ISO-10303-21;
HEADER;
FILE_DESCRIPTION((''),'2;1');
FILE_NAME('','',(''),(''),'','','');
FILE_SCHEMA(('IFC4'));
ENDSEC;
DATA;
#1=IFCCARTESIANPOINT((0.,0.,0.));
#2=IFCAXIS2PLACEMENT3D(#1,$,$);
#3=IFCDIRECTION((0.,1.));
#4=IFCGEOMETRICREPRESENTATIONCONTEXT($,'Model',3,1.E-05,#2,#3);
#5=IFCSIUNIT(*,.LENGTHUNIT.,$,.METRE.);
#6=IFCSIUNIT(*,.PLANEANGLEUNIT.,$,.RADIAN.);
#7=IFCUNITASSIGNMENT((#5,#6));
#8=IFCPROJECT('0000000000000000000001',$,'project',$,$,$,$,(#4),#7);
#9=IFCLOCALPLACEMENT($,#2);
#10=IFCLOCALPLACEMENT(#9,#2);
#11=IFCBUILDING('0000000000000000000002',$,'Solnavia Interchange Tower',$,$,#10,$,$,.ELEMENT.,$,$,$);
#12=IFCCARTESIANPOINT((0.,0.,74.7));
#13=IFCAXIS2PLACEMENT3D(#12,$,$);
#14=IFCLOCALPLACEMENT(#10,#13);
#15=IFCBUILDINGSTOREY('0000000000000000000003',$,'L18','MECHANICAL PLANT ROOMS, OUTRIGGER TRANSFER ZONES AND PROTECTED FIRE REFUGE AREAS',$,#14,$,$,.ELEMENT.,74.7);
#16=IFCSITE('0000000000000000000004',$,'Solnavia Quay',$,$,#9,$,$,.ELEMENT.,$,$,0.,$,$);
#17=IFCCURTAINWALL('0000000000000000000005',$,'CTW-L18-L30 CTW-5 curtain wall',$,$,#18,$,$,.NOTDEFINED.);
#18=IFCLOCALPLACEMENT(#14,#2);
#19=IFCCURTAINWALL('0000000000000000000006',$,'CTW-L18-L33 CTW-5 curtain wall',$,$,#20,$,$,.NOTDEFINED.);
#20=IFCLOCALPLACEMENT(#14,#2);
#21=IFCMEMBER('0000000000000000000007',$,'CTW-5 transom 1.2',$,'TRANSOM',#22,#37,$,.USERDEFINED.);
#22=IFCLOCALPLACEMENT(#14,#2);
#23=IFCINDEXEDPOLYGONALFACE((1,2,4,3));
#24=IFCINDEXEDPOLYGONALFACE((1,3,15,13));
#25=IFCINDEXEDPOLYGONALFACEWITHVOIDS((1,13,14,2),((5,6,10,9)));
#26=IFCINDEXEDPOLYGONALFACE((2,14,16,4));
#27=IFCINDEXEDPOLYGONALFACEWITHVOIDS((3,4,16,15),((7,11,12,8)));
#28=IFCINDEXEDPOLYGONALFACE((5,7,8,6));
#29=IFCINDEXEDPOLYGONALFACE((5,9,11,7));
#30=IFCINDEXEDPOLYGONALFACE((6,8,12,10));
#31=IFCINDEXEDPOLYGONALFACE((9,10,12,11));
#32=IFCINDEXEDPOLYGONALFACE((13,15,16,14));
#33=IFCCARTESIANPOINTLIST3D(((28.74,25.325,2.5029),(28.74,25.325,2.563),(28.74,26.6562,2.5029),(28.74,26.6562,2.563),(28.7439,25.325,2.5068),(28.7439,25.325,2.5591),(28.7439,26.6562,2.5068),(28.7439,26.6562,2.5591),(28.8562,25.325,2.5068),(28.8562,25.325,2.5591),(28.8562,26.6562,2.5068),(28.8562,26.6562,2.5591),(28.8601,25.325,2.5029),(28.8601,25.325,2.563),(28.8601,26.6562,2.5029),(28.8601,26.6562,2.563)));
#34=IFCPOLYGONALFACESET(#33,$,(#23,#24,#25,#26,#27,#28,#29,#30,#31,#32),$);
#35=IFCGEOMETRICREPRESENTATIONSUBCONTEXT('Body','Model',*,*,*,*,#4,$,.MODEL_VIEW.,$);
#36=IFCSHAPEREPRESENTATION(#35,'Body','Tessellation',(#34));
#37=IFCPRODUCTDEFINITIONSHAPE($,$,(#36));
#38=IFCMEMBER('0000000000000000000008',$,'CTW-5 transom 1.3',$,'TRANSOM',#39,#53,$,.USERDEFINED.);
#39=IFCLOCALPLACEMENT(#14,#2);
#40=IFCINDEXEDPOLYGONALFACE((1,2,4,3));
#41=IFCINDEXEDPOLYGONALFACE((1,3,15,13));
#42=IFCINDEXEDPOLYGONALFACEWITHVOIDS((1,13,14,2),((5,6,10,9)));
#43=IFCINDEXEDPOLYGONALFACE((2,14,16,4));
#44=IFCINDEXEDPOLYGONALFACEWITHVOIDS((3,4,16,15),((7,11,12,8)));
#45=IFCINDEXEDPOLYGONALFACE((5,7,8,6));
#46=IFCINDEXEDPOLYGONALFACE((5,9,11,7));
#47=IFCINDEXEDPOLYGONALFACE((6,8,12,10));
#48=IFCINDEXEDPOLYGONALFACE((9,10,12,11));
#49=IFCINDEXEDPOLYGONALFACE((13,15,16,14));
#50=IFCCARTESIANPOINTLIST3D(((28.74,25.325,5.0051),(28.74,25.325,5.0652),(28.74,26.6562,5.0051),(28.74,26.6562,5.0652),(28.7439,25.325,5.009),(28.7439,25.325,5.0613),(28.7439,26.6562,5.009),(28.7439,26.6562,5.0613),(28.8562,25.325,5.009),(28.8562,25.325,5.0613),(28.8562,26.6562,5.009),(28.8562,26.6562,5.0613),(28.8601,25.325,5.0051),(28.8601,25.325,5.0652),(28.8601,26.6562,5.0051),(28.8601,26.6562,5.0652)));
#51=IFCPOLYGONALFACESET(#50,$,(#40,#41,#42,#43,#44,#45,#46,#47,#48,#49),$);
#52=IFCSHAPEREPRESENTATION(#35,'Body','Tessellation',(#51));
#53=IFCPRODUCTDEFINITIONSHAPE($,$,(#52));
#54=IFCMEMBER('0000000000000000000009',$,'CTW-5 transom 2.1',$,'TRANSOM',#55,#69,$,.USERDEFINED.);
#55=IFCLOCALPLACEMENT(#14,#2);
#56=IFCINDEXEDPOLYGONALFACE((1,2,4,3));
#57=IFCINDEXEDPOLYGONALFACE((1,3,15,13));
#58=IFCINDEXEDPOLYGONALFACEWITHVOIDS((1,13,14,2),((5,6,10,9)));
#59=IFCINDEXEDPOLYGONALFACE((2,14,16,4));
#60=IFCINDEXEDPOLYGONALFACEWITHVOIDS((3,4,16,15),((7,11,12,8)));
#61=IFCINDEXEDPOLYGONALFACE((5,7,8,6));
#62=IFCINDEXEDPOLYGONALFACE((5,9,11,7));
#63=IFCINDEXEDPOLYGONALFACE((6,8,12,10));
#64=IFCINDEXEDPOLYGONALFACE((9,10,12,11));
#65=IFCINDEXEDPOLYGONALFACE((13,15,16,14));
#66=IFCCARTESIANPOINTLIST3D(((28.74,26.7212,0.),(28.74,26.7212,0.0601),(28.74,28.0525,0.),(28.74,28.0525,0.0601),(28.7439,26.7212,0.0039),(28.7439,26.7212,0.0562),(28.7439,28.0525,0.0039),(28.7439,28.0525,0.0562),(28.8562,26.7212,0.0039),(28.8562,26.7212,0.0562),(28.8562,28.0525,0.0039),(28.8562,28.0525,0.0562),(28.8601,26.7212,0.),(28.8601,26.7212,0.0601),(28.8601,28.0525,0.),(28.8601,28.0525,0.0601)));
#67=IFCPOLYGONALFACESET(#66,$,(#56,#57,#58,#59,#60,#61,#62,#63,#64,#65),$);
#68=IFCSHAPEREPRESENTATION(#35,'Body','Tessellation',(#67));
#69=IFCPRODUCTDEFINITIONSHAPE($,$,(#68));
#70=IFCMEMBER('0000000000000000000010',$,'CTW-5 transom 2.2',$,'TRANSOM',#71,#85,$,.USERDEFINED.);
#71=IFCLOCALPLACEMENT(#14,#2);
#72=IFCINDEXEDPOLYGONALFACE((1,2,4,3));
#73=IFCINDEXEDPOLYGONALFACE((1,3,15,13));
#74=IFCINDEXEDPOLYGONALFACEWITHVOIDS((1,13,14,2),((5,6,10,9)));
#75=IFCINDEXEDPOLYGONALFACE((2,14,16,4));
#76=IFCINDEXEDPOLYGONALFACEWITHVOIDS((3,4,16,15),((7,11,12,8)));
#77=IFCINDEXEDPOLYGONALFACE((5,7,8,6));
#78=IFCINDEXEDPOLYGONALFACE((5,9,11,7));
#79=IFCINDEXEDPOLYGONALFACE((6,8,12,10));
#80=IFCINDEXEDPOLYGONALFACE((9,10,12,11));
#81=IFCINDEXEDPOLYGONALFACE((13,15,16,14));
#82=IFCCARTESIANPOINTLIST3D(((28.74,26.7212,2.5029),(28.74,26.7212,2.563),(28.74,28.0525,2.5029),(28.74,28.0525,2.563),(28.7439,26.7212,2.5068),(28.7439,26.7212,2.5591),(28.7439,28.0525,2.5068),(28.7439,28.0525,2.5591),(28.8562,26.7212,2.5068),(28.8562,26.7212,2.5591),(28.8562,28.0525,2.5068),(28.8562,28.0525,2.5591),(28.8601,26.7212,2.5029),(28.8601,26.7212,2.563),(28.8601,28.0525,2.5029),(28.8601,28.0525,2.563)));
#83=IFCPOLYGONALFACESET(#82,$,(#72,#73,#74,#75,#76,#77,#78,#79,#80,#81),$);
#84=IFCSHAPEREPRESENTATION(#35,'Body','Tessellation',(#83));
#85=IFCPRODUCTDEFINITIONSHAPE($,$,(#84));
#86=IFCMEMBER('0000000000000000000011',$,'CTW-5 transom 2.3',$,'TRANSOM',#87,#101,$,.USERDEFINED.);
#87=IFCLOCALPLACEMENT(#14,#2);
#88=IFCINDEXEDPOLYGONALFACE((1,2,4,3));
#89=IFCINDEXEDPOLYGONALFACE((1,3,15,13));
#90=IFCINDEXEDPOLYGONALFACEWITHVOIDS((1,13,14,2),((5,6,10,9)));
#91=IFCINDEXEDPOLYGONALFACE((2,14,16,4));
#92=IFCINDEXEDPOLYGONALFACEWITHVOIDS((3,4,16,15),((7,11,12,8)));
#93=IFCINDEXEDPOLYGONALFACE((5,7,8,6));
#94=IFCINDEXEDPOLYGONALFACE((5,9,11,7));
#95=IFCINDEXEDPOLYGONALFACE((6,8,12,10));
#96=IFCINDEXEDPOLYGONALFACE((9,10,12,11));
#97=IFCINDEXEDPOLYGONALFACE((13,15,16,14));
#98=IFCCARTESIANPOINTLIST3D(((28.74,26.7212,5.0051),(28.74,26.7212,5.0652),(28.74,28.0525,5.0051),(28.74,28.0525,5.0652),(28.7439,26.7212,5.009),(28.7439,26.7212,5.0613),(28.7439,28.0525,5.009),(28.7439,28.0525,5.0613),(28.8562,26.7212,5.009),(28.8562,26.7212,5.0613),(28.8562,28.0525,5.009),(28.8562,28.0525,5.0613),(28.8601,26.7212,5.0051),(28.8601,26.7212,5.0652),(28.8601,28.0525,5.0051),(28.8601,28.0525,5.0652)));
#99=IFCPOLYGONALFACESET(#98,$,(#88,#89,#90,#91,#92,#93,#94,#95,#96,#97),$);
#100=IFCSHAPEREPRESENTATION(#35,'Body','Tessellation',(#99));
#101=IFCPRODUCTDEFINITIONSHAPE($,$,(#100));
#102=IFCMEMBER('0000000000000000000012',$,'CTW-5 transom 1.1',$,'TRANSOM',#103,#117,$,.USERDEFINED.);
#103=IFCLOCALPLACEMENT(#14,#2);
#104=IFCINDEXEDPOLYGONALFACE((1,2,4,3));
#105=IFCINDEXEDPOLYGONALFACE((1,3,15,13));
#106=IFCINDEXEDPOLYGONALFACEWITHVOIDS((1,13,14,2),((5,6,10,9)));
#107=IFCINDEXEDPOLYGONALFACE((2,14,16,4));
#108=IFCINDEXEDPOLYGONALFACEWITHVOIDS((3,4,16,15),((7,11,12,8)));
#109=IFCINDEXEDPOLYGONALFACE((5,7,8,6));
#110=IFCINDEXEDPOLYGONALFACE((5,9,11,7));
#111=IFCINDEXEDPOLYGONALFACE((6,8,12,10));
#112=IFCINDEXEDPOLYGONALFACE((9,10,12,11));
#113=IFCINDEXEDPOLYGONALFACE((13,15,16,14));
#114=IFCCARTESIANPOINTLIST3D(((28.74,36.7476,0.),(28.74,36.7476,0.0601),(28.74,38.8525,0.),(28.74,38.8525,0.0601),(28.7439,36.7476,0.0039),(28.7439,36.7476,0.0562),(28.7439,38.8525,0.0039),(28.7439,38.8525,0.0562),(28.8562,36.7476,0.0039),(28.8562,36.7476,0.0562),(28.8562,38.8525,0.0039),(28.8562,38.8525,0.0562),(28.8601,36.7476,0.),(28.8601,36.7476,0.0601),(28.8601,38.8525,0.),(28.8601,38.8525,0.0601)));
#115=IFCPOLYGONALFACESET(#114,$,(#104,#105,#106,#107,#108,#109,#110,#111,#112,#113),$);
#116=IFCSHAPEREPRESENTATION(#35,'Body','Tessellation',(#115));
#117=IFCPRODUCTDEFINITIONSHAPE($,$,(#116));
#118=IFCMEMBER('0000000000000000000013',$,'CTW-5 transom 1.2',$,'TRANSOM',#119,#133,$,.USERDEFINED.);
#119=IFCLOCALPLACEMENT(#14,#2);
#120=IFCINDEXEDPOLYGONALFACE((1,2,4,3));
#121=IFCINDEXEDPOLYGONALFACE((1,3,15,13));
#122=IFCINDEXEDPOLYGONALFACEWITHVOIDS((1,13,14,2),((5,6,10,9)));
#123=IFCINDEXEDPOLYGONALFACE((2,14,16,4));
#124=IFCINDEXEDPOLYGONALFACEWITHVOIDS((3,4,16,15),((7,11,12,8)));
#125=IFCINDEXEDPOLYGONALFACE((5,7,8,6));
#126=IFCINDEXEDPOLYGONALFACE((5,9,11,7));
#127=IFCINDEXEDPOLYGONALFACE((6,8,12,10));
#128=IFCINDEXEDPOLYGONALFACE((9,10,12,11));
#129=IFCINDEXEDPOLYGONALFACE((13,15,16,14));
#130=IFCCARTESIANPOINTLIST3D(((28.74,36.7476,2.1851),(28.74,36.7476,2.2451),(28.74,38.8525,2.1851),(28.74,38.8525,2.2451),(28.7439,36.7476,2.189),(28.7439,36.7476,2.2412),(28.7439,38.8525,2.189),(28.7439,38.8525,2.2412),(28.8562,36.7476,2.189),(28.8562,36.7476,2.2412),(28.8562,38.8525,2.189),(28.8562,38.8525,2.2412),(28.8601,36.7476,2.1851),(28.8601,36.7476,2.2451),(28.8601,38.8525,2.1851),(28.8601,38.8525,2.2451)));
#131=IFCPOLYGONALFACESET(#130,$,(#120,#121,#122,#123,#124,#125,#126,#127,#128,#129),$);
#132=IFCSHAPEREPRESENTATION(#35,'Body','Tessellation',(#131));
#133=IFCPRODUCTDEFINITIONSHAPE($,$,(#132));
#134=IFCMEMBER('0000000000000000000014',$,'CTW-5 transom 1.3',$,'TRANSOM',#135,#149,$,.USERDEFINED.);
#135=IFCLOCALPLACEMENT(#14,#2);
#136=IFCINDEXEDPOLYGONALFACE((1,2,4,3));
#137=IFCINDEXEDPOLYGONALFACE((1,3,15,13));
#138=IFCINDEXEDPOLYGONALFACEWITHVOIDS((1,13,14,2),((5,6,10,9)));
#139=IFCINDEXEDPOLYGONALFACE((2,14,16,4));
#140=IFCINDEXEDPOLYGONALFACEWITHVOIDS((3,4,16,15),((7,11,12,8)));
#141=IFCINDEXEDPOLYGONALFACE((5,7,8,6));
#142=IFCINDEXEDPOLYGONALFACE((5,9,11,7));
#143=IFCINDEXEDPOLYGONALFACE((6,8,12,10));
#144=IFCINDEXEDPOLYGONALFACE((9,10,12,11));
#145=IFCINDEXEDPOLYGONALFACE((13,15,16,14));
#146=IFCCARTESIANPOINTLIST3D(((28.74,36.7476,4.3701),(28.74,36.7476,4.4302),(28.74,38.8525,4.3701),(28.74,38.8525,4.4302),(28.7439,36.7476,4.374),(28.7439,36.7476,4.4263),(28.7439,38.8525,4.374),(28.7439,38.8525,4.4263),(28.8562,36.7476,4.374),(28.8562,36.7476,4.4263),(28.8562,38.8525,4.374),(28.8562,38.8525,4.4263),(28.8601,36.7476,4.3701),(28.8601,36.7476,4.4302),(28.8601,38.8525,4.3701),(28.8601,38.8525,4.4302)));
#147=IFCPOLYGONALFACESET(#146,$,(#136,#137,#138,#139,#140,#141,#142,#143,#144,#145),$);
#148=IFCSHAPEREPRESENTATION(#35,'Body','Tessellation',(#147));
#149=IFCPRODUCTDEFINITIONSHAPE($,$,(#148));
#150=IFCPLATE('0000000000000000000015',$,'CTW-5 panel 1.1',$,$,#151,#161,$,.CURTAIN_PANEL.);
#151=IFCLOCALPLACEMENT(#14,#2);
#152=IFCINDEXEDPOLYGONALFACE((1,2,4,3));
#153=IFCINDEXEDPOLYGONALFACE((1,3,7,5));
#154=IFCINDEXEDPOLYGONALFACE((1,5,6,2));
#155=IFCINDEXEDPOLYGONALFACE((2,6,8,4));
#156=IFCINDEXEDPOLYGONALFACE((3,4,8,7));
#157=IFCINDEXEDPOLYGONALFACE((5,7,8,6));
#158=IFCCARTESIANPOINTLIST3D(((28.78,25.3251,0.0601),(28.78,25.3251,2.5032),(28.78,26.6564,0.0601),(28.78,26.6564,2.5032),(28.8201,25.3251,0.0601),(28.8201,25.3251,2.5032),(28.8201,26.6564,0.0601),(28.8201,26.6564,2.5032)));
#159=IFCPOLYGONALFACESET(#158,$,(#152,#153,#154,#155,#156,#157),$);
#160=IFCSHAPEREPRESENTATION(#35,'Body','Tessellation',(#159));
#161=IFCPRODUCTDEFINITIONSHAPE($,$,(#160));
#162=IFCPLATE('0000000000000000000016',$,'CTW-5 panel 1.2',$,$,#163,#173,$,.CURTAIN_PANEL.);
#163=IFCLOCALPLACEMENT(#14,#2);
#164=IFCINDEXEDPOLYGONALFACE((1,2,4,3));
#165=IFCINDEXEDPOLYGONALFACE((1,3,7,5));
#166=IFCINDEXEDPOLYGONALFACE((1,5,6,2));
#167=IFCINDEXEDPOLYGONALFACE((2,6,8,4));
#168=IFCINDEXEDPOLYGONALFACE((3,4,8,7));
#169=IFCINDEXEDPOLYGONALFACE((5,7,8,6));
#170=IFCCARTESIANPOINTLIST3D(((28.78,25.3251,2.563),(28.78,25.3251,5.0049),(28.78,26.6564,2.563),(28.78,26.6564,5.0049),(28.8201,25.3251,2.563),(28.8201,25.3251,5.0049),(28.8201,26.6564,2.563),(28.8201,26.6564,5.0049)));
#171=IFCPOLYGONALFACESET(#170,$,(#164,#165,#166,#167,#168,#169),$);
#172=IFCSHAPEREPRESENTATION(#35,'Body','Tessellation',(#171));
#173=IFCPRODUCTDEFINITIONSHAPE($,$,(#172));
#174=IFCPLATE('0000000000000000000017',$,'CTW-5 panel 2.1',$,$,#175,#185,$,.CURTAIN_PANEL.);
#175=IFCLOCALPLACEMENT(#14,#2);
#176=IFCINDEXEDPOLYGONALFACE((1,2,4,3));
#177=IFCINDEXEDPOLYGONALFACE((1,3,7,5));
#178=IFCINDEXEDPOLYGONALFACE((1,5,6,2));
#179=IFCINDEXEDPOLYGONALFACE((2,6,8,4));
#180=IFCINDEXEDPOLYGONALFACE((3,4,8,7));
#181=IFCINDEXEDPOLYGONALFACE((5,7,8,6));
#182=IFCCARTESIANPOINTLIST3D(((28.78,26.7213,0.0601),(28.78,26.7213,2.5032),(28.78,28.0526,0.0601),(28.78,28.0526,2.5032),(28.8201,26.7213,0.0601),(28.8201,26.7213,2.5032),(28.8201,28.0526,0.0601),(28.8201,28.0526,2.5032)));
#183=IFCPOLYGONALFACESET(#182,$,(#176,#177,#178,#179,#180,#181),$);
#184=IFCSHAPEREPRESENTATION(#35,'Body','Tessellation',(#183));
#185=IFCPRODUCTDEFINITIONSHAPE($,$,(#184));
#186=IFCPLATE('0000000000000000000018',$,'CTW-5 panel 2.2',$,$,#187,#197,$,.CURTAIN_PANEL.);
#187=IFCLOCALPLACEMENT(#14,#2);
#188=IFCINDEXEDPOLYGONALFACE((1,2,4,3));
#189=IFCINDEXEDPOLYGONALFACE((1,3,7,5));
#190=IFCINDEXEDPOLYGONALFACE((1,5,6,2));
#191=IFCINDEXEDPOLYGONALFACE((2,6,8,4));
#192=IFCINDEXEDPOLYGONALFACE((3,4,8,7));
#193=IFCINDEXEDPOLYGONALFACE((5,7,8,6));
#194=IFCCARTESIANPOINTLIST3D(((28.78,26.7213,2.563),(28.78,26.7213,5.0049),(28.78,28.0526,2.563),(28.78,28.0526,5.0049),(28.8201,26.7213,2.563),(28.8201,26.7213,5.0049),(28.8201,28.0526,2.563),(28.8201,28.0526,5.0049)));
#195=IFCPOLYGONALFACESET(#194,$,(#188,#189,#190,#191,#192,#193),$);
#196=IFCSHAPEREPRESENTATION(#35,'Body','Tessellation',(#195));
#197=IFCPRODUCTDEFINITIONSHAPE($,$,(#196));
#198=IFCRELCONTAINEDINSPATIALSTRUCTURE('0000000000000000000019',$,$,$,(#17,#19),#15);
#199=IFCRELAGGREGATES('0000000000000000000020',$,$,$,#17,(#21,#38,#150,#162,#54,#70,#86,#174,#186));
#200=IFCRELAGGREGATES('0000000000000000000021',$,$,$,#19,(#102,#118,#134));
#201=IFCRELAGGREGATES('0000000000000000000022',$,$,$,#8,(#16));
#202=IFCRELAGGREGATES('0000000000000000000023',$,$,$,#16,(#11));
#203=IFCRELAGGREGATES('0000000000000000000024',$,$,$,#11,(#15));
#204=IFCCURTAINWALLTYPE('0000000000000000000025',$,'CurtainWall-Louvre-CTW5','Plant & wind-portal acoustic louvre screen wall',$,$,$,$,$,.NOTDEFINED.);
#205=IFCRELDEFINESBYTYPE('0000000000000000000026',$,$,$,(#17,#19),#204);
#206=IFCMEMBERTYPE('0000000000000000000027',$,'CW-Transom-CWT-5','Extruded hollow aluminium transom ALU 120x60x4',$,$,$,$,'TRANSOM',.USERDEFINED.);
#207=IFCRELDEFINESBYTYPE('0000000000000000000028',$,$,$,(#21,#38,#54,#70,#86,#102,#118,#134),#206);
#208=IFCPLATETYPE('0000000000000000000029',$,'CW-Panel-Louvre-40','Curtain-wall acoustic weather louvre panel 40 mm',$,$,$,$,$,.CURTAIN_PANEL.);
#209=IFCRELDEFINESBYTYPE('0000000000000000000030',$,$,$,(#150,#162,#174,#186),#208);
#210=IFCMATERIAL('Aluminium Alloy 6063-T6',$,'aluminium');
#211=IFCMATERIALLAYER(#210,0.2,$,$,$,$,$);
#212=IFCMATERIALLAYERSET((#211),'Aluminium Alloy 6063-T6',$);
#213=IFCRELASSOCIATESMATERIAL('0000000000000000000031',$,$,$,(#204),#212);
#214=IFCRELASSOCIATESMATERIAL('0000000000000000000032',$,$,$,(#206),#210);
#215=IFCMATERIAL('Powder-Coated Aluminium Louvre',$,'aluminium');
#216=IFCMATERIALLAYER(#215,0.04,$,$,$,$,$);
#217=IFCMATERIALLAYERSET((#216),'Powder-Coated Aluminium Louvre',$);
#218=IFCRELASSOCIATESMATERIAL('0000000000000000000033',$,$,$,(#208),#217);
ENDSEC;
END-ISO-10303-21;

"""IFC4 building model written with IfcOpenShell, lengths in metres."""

from ifc_helpers import new_model, si_unit, direction, frame, origin, origin_2d, place, context, subcontext, project, spatial, rectangle, hollow_rectangle, extrude, material, layer, layer_set, material_profile, profile_set, type_object, element, aggregate, save


model = new_model("IFC4")

# Units and contexts
model_context = context("Model", 3, precision=1e-05, world=origin(), true_north=direction((0.0, 1.0)))
body_context = subcontext(model_context, "Body", "Model", "MODEL_VIEW")
ifc_project = project(units=[si_unit("LENGTHUNIT", "METRE"), si_unit("PLANEANGLEUNIT", "RADIAN")], contexts=[model_context])

# Site, building, storey
site_placement = place(None, origin())
site = spatial("IfcSite", under=ifc_project, at=site_placement, Name="Solnavia Quay", CompositionType="ELEMENT", RefElevation=0.0)
building_placement = place(site_placement, origin())
building = spatial("IfcBuilding", under=site, at=building_placement, Name="Solnavia Interchange Tower", CompositionType="ELEMENT")
storey_placement = place(building_placement, frame((0.0, 0.0, 74.7)))
storey = spatial("IfcBuildingStorey", under=building, at=storey_placement, Name="L18", Description="MECHANICAL PLANT ROOMS, OUTRIGGER TRANSFER ZONES AND PROTECTED FIRE REFUGE AREAS", CompositionType="ELEMENT", Elevation=74.7)

# Shared definitions
ifc_material_1 = material(Name="Aluminium Alloy 6063-T6", Category="aluminium")
ifc_layer_1 = layer(ifc_material_1, 0.2)
ifc_layer_set_1 = layer_set([ifc_layer_1], Name="Aluminium Alloy 6063-T6")
curtain_wall_type = type_object("IfcCurtainWallType", Name="CurtainWall-Louvre-CTW5", Description="Plant & wind-portal acoustic louvre screen wall", PredefinedType="NOTDEFINED", material=ifc_layer_set_1)

# Curtain walls
curtain_wall_1_placement = place(storey_placement, origin())
curtain_wall_1 = element("IfcCurtainWall", 1, at=curtain_wall_1_placement, inside=storey, type_object=curtain_wall_type, Name="CTW-L18-L30 CTW-5 curtain wall", PredefinedType="NOTDEFINED")
curtain_wall_2_placement = place(storey_placement, origin())
curtain_wall_2 = element("IfcCurtainWall", 2, at=curtain_wall_2_placement, inside=storey, type_object=curtain_wall_type, Name="CTW-L18-L33 CTW-5 curtain wall", PredefinedType="NOTDEFINED")

# Members
ifc_material_profile_1 = material_profile(ifc_material_1, hollow_rectangle(XDim=0.0601, YDim=0.1201, WallThickness=0.0039, at=origin_2d()), Name="ALU 120x60x4")
ifc_profile_set_1 = profile_set([ifc_material_profile_1], Name="Aluminium Alloy 6063-T6")
member_type_1 = type_object("IfcMemberType", Name="CW-Transom-CWT-5", Description="Extruded hollow aluminium transom ALU 120x60x4", ElementType="TRANSOM", PredefinedType="USERDEFINED", material=ifc_profile_set_1)
member_1_placement = place(storey_placement, frame((28.8, 25.325, 2.533), z_axis=(0.0, 1.0, 0.0), x_axis=(0.0, 0.0, 1.0)))
member_1 = element("IfcMember", 3, at=member_1_placement, type_object=member_type_1, Name="CTW-5 transom 1.2", ObjectType="TRANSOM", PredefinedType="USERDEFINED", context=body_context, shape_type="SweptSolid", body=[
    extrude(hollow_rectangle(XDim=0.0601, YDim=0.1201, WallThickness=0.0039, at=origin_2d()), origin(), (0.0, 0.0, 1.0), 1.3313),
])
member_2_placement = place(storey_placement, frame((28.8, 25.325, 5.0352), z_axis=(0.0, 1.0, 0.0), x_axis=(0.0, 0.0, 1.0)))
member_2 = element("IfcMember", 4, at=member_2_placement, type_object=member_type_1, Name="CTW-5 transom 1.3", ObjectType="TRANSOM", PredefinedType="USERDEFINED", context=body_context, shape_type="SweptSolid", body=[
    extrude(hollow_rectangle(XDim=0.0601, YDim=0.1201, WallThickness=0.0039, at=origin_2d()), origin(), (0.0, 0.0, 1.0), 1.3313),
])
member_3_placement = place(storey_placement, frame((28.8, 26.7212, 0.03), z_axis=(0.0, 1.0, 0.0), x_axis=(0.0, 0.0, 1.0)))
member_3 = element("IfcMember", 5, at=member_3_placement, type_object=member_type_1, Name="CTW-5 transom 2.1", ObjectType="TRANSOM", PredefinedType="USERDEFINED", context=body_context, shape_type="SweptSolid", body=[
    extrude(hollow_rectangle(XDim=0.0601, YDim=0.1201, WallThickness=0.0039, at=origin_2d()), origin(), (0.0, 0.0, 1.0), 1.3313),
])
member_4_placement = place(storey_placement, frame((28.8, 26.7212, 2.533), z_axis=(0.0, 1.0, 0.0), x_axis=(0.0, 0.0, 1.0)))
member_4 = element("IfcMember", 6, at=member_4_placement, type_object=member_type_1, Name="CTW-5 transom 2.2", ObjectType="TRANSOM", PredefinedType="USERDEFINED", context=body_context, shape_type="SweptSolid", body=[
    extrude(hollow_rectangle(XDim=0.0601, YDim=0.1201, WallThickness=0.0039, at=origin_2d()), origin(), (0.0, 0.0, 1.0), 1.3313),
])
member_5_placement = place(storey_placement, frame((28.8, 26.7212, 5.0352), z_axis=(0.0, 1.0, 0.0), x_axis=(0.0, 0.0, 1.0)))
member_5 = element("IfcMember", 7, at=member_5_placement, type_object=member_type_1, Name="CTW-5 transom 2.3", ObjectType="TRANSOM", PredefinedType="USERDEFINED", context=body_context, shape_type="SweptSolid", body=[
    extrude(hollow_rectangle(XDim=0.0601, YDim=0.1201, WallThickness=0.0039, at=origin_2d()), origin(), (0.0, 0.0, 1.0), 1.3313),
])
member_6_placement = place(storey_placement, frame((28.8, 36.7476, 0.03), z_axis=(0.0, 1.0, 0.0), x_axis=(0.0, 0.0, 1.0)))
member_6 = element("IfcMember", 8, at=member_6_placement, type_object=member_type_1, Name="CTW-5 transom 1.1", ObjectType="TRANSOM", PredefinedType="USERDEFINED", context=body_context, shape_type="SweptSolid", body=[
    extrude(hollow_rectangle(XDim=0.0601, YDim=0.1201, WallThickness=0.0039, at=origin_2d()), origin(), (0.0, 0.0, 1.0), 2.105),
])
member_7_placement = place(storey_placement, frame((28.8, 36.7476, 2.2151), z_axis=(0.0, 1.0, 0.0), x_axis=(0.0, 0.0, 1.0)))
member_7 = element("IfcMember", 9, at=member_7_placement, type_object=member_type_1, Name="CTW-5 transom 1.2", ObjectType="TRANSOM", PredefinedType="USERDEFINED", context=body_context, shape_type="SweptSolid", body=[
    extrude(hollow_rectangle(XDim=0.0601, YDim=0.1201, WallThickness=0.0039, at=origin_2d()), origin(), (0.0, 0.0, 1.0), 2.105),
])
member_8_placement = place(storey_placement, frame((28.8, 36.7476, 4.4001), z_axis=(0.0, 1.0, 0.0), x_axis=(0.0, 0.0, 1.0)))
member_8 = element("IfcMember", 10, at=member_8_placement, type_object=member_type_1, Name="CTW-5 transom 1.3", ObjectType="TRANSOM", PredefinedType="USERDEFINED", context=body_context, shape_type="SweptSolid", body=[
    extrude(hollow_rectangle(XDim=0.0601, YDim=0.1201, WallThickness=0.0039, at=origin_2d()), origin(), (0.0, 0.0, 1.0), 2.105),
])

# Plates
ifc_material_2 = material(Name="Powder-Coated Aluminium Louvre", Category="aluminium")
ifc_layer_2 = layer(ifc_material_2, 0.04)
ifc_layer_set_2 = layer_set([ifc_layer_2], Name="Powder-Coated Aluminium Louvre")
plate_type = type_object("IfcPlateType", Name="CW-Panel-Louvre-40", Description="Curtain-wall acoustic weather louvre panel 40 mm", PredefinedType="CURTAIN_PANEL", material=ifc_layer_set_2)
plate_1_placement = place(storey_placement, frame((28.8, 25.9907, 0.0601), z_axis=(0.0, 0.0, 1.0), x_axis=(0.0, 1.0, 0.0)))
plate_1 = element("IfcPlate", 11, at=plate_1_placement, type_object=plate_type, Name="CTW-5 panel 1.1", PredefinedType="CURTAIN_PANEL", context=body_context, shape_type="SweptSolid", body=[
    extrude(rectangle(XDim=1.3313, YDim=0.04, at=origin_2d()), origin(), (0.0, 0.0, 1.0), 2.4431),
])
plate_2_placement = place(storey_placement, frame((28.8, 25.9907, 2.563), z_axis=(0.0, 0.0, 1.0), x_axis=(0.0, 1.0, 0.0)))
plate_2 = element("IfcPlate", 12, at=plate_2_placement, type_object=plate_type, Name="CTW-5 panel 1.2", PredefinedType="CURTAIN_PANEL", context=body_context, shape_type="SweptSolid", body=[
    extrude(rectangle(XDim=1.3313, YDim=0.04, at=origin_2d()), origin(), (0.0, 0.0, 1.0), 2.4419),
])
plate_3_placement = place(storey_placement, frame((28.8, 27.387, 0.0601), z_axis=(0.0, 0.0, 1.0), x_axis=(0.0, 1.0, 0.0)))
plate_3 = element("IfcPlate", 13, at=plate_3_placement, type_object=plate_type, Name="CTW-5 panel 2.1", PredefinedType="CURTAIN_PANEL", context=body_context, shape_type="SweptSolid", body=[
    extrude(rectangle(XDim=1.3313, YDim=0.04, at=origin_2d()), origin(), (0.0, 0.0, 1.0), 2.4431),
])
plate_4_placement = place(storey_placement, frame((28.8, 27.387, 2.563), z_axis=(0.0, 0.0, 1.0), x_axis=(0.0, 1.0, 0.0)))
plate_4 = element("IfcPlate", 14, at=plate_4_placement, type_object=plate_type, Name="CTW-5 panel 2.2", PredefinedType="CURTAIN_PANEL", context=body_context, shape_type="SweptSolid", body=[
    extrude(rectangle(XDim=1.3313, YDim=0.04, at=origin_2d()), origin(), (0.0, 0.0, 1.0), 2.4419),
])
aggregate(curtain_wall_1, [member_1, member_2, plate_1, plate_2, member_3, member_4, member_5, plate_3, plate_4])
aggregate(curtain_wall_2, [member_6, member_7, member_8])

save(model, "model.ifc")
